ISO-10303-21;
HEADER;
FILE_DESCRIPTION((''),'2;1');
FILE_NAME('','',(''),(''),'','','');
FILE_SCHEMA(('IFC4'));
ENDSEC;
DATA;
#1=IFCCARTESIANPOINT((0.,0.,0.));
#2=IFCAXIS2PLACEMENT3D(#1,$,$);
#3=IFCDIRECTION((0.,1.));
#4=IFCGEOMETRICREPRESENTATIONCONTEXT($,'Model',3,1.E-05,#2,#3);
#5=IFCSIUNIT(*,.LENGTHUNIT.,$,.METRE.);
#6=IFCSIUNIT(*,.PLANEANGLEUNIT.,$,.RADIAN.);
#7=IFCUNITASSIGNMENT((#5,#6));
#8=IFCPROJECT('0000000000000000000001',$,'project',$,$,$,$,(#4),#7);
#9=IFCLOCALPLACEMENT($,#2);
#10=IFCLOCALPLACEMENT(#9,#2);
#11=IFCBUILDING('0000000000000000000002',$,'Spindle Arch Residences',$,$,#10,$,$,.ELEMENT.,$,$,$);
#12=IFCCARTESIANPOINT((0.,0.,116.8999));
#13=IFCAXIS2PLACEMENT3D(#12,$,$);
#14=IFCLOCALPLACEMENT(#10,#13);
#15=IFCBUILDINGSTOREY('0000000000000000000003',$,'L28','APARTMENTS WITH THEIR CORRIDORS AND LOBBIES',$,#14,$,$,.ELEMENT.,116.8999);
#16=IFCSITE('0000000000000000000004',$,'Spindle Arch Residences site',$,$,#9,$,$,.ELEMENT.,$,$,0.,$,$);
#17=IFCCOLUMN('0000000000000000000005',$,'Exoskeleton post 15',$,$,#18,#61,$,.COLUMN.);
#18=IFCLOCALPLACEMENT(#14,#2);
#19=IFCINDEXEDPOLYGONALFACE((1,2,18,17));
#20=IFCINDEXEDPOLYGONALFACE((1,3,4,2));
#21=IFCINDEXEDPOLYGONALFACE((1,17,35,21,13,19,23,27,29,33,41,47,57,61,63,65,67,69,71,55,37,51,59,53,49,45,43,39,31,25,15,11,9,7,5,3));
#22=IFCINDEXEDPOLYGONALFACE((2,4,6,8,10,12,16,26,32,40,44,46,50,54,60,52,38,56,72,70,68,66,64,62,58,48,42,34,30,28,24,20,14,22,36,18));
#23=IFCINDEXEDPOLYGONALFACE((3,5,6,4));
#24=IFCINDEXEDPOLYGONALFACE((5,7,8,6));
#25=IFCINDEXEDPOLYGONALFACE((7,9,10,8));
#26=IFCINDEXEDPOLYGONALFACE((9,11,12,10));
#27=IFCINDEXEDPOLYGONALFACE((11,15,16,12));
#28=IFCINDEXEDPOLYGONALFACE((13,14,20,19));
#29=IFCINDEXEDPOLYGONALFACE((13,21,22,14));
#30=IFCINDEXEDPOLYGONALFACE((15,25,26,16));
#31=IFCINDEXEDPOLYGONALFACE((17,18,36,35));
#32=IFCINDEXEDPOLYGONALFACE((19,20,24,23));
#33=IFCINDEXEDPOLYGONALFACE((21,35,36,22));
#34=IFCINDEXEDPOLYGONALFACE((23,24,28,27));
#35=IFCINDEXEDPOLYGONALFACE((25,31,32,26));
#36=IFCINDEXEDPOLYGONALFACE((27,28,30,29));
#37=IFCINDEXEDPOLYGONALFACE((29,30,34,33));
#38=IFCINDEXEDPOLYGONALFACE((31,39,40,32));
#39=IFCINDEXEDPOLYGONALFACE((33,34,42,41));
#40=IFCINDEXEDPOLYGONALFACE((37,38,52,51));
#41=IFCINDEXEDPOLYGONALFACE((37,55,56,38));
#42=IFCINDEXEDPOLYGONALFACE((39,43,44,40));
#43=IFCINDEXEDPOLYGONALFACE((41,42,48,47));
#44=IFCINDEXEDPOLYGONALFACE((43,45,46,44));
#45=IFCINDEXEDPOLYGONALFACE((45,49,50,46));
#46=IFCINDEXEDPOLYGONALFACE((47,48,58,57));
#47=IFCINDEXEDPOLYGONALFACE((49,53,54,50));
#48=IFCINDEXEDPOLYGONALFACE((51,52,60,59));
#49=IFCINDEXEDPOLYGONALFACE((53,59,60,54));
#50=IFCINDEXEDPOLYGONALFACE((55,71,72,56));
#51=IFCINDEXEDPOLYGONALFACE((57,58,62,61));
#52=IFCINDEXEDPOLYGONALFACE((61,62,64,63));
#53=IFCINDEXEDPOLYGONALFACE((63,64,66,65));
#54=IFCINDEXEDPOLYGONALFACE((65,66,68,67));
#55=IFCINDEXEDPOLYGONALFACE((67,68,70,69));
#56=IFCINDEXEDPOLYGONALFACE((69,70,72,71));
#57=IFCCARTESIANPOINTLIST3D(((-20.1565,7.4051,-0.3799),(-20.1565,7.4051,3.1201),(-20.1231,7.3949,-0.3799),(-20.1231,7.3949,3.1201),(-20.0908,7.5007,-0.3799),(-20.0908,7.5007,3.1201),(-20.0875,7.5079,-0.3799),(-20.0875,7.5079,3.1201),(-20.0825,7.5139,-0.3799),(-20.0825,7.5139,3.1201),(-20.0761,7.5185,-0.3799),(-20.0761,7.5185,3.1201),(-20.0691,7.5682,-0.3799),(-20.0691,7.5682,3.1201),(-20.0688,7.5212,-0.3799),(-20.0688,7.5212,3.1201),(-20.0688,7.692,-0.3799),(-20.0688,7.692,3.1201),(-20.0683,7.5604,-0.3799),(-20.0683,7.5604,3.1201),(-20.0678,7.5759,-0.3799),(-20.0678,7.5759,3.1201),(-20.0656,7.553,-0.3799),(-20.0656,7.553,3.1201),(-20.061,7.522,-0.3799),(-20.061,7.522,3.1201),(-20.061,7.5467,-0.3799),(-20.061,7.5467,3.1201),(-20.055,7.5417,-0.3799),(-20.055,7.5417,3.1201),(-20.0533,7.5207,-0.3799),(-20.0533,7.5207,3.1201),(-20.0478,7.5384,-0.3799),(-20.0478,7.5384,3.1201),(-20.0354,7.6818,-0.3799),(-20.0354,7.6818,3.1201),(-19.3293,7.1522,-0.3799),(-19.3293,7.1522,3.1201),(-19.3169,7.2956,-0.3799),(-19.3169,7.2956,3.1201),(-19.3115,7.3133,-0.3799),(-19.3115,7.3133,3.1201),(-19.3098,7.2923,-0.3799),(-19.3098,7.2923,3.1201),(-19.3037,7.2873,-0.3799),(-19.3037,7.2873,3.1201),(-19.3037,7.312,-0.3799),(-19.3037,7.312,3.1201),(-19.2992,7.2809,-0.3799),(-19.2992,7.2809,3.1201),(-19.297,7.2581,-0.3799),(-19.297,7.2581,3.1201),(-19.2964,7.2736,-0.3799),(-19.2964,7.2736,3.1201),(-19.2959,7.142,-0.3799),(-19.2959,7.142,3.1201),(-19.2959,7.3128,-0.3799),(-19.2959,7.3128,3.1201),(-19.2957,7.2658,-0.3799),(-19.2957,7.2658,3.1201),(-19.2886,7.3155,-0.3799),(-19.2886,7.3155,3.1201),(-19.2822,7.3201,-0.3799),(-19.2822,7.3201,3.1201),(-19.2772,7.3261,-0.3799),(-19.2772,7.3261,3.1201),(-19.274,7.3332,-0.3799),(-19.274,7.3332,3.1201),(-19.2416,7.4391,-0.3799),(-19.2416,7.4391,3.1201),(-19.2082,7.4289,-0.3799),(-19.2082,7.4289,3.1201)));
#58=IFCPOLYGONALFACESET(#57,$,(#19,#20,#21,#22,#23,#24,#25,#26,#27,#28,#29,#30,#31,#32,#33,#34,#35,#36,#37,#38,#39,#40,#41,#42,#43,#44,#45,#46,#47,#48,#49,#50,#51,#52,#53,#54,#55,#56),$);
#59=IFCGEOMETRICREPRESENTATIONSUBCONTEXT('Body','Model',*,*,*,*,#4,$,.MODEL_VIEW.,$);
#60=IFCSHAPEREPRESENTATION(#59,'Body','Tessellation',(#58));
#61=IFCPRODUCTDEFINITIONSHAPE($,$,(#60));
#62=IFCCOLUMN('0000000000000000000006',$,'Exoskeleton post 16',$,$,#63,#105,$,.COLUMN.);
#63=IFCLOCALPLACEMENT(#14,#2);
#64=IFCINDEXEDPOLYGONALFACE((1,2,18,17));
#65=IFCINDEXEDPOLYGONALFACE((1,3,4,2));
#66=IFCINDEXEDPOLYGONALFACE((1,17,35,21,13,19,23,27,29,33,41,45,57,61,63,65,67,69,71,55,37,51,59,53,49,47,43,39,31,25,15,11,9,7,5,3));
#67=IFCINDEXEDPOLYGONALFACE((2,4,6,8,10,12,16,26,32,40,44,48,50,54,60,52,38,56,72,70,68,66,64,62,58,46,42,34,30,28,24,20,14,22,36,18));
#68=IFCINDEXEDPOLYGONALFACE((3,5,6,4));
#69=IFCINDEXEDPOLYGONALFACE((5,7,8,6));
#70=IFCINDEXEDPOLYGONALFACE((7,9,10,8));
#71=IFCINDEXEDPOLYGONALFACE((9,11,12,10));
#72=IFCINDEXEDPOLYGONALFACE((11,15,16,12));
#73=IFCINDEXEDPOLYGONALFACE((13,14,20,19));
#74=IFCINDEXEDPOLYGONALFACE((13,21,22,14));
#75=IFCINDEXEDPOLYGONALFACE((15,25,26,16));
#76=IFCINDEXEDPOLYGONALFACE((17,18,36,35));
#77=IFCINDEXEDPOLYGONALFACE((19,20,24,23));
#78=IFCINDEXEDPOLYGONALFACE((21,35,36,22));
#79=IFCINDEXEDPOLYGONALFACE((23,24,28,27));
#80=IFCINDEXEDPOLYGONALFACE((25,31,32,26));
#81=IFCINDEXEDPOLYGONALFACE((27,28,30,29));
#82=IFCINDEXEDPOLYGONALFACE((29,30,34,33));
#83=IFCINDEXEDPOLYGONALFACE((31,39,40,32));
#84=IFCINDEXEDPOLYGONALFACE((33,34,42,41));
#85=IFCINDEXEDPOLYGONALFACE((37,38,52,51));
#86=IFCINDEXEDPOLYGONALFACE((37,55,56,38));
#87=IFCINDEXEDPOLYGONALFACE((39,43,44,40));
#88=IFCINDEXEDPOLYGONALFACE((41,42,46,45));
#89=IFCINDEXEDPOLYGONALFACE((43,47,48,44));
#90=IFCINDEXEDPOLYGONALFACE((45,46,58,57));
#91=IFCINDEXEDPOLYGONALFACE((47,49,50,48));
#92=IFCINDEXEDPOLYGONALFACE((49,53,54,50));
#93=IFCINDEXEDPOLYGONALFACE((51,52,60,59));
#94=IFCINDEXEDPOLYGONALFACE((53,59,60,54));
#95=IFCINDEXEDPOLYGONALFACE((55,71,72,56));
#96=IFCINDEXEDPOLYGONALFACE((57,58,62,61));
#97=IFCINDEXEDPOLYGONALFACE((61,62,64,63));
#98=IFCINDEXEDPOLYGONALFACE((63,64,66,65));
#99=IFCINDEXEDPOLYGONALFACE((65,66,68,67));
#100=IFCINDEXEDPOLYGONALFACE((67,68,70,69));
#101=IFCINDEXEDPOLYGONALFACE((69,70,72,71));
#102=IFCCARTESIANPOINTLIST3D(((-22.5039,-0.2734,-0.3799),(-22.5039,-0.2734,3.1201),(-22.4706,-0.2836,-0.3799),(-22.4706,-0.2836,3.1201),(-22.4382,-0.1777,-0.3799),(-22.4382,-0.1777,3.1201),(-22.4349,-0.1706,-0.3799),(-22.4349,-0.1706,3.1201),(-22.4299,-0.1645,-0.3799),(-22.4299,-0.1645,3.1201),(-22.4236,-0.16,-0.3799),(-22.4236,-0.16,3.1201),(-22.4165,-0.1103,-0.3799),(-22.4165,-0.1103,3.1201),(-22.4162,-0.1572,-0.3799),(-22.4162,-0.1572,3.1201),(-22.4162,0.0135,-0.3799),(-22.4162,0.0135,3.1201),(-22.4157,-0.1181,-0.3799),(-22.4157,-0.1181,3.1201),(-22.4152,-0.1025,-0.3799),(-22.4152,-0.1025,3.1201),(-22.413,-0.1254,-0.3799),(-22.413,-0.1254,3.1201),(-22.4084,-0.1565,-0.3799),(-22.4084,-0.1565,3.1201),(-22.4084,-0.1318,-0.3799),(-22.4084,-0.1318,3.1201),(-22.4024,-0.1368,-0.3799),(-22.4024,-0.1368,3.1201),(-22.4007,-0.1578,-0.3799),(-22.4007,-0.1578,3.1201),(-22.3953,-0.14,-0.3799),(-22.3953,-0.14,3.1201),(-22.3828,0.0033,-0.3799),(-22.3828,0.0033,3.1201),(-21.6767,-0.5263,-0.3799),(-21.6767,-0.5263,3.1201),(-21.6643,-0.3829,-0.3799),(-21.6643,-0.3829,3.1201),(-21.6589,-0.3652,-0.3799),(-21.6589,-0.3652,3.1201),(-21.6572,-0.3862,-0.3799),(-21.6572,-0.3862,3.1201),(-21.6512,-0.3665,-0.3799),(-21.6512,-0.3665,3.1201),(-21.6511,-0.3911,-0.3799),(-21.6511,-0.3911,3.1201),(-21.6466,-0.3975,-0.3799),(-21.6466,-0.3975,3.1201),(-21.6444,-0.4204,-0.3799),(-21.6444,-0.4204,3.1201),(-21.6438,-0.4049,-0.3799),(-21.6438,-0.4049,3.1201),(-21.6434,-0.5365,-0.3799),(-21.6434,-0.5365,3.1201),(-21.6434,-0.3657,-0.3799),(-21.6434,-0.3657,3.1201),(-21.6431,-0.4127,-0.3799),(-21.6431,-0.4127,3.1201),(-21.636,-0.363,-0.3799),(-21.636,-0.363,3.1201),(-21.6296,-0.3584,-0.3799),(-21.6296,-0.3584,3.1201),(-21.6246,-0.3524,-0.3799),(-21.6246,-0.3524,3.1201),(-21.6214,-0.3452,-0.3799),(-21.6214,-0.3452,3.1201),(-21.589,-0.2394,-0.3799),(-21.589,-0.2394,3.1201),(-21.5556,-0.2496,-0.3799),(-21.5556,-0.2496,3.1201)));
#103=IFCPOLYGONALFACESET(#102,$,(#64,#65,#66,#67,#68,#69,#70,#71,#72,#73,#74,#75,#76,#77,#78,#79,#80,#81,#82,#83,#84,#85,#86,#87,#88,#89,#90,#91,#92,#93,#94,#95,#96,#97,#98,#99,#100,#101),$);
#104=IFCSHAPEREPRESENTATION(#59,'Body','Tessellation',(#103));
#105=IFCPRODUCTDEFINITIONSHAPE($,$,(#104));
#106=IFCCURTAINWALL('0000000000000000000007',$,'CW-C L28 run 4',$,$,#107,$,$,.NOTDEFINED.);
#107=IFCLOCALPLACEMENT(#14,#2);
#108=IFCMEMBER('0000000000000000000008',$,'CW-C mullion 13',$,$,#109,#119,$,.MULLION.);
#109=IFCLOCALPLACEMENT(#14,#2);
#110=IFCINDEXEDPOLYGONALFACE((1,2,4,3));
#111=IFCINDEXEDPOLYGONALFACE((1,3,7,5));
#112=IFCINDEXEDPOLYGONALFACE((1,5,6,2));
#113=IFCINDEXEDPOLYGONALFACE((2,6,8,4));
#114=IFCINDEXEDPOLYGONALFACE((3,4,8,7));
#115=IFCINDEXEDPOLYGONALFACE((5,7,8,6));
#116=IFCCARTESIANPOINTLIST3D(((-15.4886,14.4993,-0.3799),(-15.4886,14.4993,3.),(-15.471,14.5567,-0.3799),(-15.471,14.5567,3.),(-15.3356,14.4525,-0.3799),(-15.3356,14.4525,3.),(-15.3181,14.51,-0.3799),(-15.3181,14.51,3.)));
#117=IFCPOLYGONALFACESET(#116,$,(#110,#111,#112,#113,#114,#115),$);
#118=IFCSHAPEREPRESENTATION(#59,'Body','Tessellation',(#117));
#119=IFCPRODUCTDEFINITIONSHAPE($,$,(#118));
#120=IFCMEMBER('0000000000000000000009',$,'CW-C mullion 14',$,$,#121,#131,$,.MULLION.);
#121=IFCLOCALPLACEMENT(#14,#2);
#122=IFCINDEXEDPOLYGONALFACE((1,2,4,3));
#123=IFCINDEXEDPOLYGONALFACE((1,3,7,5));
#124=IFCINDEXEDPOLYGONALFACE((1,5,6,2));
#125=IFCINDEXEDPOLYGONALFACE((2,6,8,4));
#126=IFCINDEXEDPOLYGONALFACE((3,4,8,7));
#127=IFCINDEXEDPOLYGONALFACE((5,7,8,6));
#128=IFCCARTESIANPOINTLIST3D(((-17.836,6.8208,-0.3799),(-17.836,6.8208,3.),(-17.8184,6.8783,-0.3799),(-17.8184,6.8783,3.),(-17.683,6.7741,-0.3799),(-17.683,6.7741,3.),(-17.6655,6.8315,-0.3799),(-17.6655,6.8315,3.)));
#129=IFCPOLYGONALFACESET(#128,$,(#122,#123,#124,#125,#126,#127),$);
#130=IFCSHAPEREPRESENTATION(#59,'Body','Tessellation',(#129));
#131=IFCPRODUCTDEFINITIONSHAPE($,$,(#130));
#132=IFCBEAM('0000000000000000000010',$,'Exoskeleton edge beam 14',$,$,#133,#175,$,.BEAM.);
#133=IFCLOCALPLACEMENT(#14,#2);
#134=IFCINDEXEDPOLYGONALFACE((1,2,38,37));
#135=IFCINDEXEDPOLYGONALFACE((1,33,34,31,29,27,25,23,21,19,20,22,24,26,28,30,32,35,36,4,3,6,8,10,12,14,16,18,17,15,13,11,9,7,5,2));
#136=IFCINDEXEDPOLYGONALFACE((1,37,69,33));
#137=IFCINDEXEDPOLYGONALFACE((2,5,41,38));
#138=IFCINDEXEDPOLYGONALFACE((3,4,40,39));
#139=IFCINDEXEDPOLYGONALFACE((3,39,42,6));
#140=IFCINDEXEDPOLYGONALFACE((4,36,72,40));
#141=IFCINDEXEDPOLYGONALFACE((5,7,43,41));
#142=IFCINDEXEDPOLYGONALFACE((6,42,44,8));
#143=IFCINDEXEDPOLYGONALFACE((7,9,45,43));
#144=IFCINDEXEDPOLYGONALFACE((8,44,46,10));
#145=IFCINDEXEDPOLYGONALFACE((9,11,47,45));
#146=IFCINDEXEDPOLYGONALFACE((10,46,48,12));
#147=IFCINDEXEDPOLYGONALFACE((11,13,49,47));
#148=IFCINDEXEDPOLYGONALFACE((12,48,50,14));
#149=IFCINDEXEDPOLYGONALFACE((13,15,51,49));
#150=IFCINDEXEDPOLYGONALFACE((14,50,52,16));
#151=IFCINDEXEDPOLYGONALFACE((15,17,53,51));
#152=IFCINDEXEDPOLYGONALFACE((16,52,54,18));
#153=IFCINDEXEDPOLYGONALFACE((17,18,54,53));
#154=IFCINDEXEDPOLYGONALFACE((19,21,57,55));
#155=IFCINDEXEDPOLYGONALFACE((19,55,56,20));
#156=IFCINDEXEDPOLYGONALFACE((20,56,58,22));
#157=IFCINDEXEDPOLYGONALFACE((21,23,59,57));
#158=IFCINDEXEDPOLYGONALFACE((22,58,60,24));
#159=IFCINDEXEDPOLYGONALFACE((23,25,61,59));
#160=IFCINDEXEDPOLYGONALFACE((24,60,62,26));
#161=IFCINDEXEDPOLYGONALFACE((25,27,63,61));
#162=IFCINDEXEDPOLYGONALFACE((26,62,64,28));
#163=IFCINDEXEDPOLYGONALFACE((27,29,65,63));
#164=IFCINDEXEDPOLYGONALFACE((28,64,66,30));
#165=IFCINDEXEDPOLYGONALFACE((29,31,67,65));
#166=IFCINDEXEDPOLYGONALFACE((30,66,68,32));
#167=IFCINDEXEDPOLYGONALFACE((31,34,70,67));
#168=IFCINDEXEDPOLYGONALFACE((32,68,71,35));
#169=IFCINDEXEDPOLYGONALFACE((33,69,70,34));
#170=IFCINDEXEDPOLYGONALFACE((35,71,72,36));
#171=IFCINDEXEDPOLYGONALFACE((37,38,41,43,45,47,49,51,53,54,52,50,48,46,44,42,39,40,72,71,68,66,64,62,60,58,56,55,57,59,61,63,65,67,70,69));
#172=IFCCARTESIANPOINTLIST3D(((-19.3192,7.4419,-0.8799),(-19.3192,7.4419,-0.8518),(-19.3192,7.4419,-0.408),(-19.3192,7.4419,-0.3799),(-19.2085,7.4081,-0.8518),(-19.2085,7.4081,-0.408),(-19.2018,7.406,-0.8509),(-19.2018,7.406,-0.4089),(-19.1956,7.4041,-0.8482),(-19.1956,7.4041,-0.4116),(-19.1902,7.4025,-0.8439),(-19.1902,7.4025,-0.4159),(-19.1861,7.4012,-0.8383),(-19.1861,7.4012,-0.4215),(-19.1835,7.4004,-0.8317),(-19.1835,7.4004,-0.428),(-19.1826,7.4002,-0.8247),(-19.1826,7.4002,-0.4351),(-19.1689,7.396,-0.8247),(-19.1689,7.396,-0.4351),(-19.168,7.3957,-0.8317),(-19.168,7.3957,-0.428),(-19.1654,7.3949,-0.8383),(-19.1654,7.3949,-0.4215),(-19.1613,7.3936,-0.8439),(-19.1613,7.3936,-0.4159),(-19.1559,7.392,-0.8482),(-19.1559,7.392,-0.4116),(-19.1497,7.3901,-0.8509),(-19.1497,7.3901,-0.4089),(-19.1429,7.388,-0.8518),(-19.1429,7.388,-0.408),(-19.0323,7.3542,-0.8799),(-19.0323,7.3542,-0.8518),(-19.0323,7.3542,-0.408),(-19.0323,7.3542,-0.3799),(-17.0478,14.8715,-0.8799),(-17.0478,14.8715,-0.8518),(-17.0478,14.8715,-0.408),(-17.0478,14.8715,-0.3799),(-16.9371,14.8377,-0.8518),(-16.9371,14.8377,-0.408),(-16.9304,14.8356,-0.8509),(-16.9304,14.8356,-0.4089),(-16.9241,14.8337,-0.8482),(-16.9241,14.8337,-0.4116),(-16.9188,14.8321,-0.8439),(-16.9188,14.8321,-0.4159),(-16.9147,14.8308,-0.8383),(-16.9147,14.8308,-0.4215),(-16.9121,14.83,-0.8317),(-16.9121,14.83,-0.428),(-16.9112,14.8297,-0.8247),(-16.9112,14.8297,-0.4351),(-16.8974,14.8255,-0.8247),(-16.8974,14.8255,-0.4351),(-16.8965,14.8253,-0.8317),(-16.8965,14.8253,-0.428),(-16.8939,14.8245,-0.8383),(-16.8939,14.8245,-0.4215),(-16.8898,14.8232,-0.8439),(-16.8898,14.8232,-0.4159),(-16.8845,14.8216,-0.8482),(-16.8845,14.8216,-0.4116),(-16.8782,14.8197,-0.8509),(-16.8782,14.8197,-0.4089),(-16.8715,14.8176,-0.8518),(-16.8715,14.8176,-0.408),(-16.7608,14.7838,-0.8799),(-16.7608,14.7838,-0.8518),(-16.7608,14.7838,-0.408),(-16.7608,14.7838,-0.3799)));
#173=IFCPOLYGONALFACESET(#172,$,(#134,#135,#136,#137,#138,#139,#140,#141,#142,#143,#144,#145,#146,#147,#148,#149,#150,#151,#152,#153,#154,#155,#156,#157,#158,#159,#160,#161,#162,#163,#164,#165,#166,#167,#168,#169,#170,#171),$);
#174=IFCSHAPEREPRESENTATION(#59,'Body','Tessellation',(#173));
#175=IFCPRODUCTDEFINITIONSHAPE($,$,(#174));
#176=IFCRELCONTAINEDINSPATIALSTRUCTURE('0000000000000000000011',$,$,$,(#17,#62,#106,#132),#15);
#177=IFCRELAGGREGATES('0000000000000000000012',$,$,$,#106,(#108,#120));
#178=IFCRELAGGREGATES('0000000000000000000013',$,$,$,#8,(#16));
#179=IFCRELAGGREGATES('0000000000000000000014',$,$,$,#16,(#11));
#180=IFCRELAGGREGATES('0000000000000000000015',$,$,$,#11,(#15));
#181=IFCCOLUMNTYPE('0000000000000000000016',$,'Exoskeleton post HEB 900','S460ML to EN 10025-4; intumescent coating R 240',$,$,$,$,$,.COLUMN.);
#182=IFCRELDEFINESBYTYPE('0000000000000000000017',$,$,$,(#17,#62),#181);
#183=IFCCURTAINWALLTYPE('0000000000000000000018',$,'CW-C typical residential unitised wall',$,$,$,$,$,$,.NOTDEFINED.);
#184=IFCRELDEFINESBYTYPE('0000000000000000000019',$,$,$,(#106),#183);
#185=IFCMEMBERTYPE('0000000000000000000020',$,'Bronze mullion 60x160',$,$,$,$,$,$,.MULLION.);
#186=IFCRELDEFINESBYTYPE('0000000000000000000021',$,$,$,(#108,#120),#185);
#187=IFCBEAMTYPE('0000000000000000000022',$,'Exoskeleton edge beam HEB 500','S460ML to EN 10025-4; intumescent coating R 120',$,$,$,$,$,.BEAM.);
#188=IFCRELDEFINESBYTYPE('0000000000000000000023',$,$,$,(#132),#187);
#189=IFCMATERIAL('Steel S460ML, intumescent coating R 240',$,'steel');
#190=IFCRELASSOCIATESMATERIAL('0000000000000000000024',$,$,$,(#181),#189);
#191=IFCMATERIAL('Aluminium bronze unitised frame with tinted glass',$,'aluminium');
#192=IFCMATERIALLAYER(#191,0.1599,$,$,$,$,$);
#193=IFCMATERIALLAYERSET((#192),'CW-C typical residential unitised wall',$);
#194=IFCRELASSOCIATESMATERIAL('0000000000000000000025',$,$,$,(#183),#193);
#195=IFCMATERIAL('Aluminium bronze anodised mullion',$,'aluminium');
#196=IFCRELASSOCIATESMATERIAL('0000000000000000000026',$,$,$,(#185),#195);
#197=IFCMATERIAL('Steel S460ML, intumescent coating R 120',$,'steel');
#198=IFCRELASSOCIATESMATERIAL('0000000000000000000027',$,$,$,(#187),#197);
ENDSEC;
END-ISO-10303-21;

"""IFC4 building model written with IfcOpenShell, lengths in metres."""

from ifc_helpers import new_model, si_unit, direction, frame, origin, origin_2d, place, context, subcontext, project, spatial, rectangle, i_section, extrude, material, layer, layer_set, material_profile, profile_set, type_object, element, aggregate, save


model = new_model("IFC4")

# Units and contexts
model_context = context("Model", 3, precision=1e-05, world=origin(), true_north=direction((0.0, 1.0)))
body_context = subcontext(model_context, "Body", "Model", "MODEL_VIEW")
ifc_project = project(units=[si_unit("LENGTHUNIT", "METRE"), si_unit("PLANEANGLEUNIT", "RADIAN")], contexts=[model_context])

# Site, building, storey
site_placement = place(None, origin())
site = spatial("IfcSite", under=ifc_project, at=site_placement, Name="Spindle Arch Residences site", CompositionType="ELEMENT", RefElevation=0.0)
building_placement = place(site_placement, origin())
building = spatial("IfcBuilding", under=site, at=building_placement, Name="Spindle Arch Residences", CompositionType="ELEMENT")
storey_placement = place(building_placement, frame((0.0, 0.0, 116.8999)))
storey = spatial("IfcBuildingStorey", under=building, at=storey_placement, Name="L28", Description="APARTMENTS WITH THEIR CORRIDORS AND LOBBIES", CompositionType="ELEMENT", Elevation=116.8999)

# Columns
ifc_material_1 = material(Name="Steel S460ML, intumescent coating R 240", Category="steel")
ifc_material_profile_1 = material_profile(ifc_material_1, i_section(OverallWidth=0.3, OverallDepth=0.8999, WebThickness=0.0186, FlangeThickness=0.0349, FilletRadius=0.03, at=origin_2d()), Name="HEB 900")
ifc_profile_set_1 = profile_set([ifc_material_profile_1], Name="Steel S460ML, intumescent coating R 240")
column_type = type_object("IfcColumnType", Name="Exoskeleton post HEB 900", Description="S460ML to EN 10025-4; intumescent coating R 240", PredefinedType="COLUMN", material=ifc_profile_set_1)
for number, where, z_axis, x_axis, name in (
    (1, (-19.6824, 7.417, -0.3799), (0.0, 0.0, 1.0), (0.292372, 0.956305, 0.0), "Exoskeleton post 15"),
    (2, (-22.0298, -0.2615, -0.3799), (0.0, 0.0, 1.0), (0.292372, 0.956305, 0.0), "Exoskeleton post 16"),
):
    element("IfcColumn", number, at=place(storey_placement, frame(where, z_axis=z_axis, x_axis=x_axis)), inside=storey, type_object=column_type, Name=name, PredefinedType="COLUMN", context=body_context, shape_type="SweptSolid", body=[
        extrude(i_section(OverallWidth=0.3, OverallDepth=0.8999, WebThickness=0.0186, FlangeThickness=0.0349, FilletRadius=0.03, at=origin_2d()), origin(), (0.0, 0.0, 1.0), 3.5),
    ])

# Curtain wall, members
ifc_material_2 = material(Name="Aluminium bronze unitised frame with tinted glass", Category="aluminium")
ifc_layer_1 = layer(ifc_material_2, 0.1599)
ifc_layer_set_1 = layer_set([ifc_layer_1], Name="CW-C typical residential unitised wall")
curtain_wall_type = type_object("IfcCurtainWallType", Name="CW-C typical residential unitised wall", PredefinedType="NOTDEFINED", material=ifc_layer_set_1)
curtain_wall_placement = place(storey_placement, origin())
curtain_wall = element("IfcCurtainWall", 3, at=curtain_wall_placement, inside=storey, type_object=curtain_wall_type, Name="CW-C L28 run 4", PredefinedType="NOTDEFINED")
ifc_material_3 = material(Name="Aluminium bronze anodised mullion", Category="aluminium")
ifc_material_profile_2 = material_profile(ifc_material_3, rectangle(XDim=0.1599, YDim=0.0601, at=origin_2d()), Name="MU 60x160")
ifc_profile_set_2 = profile_set([ifc_material_profile_2], Name="Aluminium bronze anodised mullion")
member_type = type_object("IfcMemberType", Name="Bronze mullion 60x160", PredefinedType="MULLION", material=ifc_profile_set_2)
member_1_placement = place(storey_placement, frame((-15.4033, 14.5046, -0.3799), z_axis=(0.0, 0.0, 1.0), x_axis=(0.956305, -0.292372, 0.0)))
member_1 = element("IfcMember", 4, at=member_1_placement, type_object=member_type, Name="CW-C mullion 13", PredefinedType="MULLION", context=body_context, shape_type="SweptSolid", body=[
    extrude(rectangle(XDim=0.1599, YDim=0.0601, at=origin_2d()), origin(), (0.0, 0.0, 1.0), 3.3799),
])
member_2_placement = place(storey_placement, frame((-17.7507, 6.8262, -0.3799), z_axis=(0.0, 0.0, 1.0), x_axis=(0.956305, -0.292372, 0.0)))
member_2 = element("IfcMember", 5, at=member_2_placement, type_object=member_type, Name="CW-C mullion 14", PredefinedType="MULLION", context=body_context, shape_type="SweptSolid", body=[
    extrude(rectangle(XDim=0.1599, YDim=0.0601, at=origin_2d()), origin(), (0.0, 0.0, 1.0), 3.3799),
])

# Beam
ifc_material_4 = material(Name="Steel S460ML, intumescent coating R 120", Category="steel")
ifc_material_profile_3 = material_profile(ifc_material_4, i_section(OverallWidth=0.3, OverallDepth=0.5, WebThickness=0.0144, FlangeThickness=0.0281, FilletRadius=0.0271, at=origin_2d()), Name="HEB 500")
ifc_profile_set_3 = profile_set([ifc_material_profile_3], Name="Steel S460ML, intumescent coating R 120")
beam_type_1 = type_object("IfcBeamType", Name="Exoskeleton edge beam HEB 500", Description="S460ML to EN 10025-4; intumescent coating R 120", PredefinedType="BEAM", material=ifc_profile_set_3)
beam_1_placement = place(storey_placement, frame((-16.9043, 14.8276, -0.6299), z_axis=(-0.292372, -0.956305, 0.0), x_axis=(0.956305, -0.292372, 0.0)))
element("IfcBeam", 6, at=beam_1_placement, inside=storey, type_object=beam_type_1, Name="Exoskeleton edge beam 14", PredefinedType="BEAM", context=body_context, shape_type="SweptSolid", body=[
    extrude(i_section(OverallWidth=0.3, OverallDepth=0.5, WebThickness=0.0144, FlangeThickness=0.0281, FilletRadius=0.0271, at=origin_2d()), origin(), (0.0, 0.0, 1.0), 7.769),
])

aggregate(curtain_wall, [member_1, member_2])

save(model, "model.ifc")
